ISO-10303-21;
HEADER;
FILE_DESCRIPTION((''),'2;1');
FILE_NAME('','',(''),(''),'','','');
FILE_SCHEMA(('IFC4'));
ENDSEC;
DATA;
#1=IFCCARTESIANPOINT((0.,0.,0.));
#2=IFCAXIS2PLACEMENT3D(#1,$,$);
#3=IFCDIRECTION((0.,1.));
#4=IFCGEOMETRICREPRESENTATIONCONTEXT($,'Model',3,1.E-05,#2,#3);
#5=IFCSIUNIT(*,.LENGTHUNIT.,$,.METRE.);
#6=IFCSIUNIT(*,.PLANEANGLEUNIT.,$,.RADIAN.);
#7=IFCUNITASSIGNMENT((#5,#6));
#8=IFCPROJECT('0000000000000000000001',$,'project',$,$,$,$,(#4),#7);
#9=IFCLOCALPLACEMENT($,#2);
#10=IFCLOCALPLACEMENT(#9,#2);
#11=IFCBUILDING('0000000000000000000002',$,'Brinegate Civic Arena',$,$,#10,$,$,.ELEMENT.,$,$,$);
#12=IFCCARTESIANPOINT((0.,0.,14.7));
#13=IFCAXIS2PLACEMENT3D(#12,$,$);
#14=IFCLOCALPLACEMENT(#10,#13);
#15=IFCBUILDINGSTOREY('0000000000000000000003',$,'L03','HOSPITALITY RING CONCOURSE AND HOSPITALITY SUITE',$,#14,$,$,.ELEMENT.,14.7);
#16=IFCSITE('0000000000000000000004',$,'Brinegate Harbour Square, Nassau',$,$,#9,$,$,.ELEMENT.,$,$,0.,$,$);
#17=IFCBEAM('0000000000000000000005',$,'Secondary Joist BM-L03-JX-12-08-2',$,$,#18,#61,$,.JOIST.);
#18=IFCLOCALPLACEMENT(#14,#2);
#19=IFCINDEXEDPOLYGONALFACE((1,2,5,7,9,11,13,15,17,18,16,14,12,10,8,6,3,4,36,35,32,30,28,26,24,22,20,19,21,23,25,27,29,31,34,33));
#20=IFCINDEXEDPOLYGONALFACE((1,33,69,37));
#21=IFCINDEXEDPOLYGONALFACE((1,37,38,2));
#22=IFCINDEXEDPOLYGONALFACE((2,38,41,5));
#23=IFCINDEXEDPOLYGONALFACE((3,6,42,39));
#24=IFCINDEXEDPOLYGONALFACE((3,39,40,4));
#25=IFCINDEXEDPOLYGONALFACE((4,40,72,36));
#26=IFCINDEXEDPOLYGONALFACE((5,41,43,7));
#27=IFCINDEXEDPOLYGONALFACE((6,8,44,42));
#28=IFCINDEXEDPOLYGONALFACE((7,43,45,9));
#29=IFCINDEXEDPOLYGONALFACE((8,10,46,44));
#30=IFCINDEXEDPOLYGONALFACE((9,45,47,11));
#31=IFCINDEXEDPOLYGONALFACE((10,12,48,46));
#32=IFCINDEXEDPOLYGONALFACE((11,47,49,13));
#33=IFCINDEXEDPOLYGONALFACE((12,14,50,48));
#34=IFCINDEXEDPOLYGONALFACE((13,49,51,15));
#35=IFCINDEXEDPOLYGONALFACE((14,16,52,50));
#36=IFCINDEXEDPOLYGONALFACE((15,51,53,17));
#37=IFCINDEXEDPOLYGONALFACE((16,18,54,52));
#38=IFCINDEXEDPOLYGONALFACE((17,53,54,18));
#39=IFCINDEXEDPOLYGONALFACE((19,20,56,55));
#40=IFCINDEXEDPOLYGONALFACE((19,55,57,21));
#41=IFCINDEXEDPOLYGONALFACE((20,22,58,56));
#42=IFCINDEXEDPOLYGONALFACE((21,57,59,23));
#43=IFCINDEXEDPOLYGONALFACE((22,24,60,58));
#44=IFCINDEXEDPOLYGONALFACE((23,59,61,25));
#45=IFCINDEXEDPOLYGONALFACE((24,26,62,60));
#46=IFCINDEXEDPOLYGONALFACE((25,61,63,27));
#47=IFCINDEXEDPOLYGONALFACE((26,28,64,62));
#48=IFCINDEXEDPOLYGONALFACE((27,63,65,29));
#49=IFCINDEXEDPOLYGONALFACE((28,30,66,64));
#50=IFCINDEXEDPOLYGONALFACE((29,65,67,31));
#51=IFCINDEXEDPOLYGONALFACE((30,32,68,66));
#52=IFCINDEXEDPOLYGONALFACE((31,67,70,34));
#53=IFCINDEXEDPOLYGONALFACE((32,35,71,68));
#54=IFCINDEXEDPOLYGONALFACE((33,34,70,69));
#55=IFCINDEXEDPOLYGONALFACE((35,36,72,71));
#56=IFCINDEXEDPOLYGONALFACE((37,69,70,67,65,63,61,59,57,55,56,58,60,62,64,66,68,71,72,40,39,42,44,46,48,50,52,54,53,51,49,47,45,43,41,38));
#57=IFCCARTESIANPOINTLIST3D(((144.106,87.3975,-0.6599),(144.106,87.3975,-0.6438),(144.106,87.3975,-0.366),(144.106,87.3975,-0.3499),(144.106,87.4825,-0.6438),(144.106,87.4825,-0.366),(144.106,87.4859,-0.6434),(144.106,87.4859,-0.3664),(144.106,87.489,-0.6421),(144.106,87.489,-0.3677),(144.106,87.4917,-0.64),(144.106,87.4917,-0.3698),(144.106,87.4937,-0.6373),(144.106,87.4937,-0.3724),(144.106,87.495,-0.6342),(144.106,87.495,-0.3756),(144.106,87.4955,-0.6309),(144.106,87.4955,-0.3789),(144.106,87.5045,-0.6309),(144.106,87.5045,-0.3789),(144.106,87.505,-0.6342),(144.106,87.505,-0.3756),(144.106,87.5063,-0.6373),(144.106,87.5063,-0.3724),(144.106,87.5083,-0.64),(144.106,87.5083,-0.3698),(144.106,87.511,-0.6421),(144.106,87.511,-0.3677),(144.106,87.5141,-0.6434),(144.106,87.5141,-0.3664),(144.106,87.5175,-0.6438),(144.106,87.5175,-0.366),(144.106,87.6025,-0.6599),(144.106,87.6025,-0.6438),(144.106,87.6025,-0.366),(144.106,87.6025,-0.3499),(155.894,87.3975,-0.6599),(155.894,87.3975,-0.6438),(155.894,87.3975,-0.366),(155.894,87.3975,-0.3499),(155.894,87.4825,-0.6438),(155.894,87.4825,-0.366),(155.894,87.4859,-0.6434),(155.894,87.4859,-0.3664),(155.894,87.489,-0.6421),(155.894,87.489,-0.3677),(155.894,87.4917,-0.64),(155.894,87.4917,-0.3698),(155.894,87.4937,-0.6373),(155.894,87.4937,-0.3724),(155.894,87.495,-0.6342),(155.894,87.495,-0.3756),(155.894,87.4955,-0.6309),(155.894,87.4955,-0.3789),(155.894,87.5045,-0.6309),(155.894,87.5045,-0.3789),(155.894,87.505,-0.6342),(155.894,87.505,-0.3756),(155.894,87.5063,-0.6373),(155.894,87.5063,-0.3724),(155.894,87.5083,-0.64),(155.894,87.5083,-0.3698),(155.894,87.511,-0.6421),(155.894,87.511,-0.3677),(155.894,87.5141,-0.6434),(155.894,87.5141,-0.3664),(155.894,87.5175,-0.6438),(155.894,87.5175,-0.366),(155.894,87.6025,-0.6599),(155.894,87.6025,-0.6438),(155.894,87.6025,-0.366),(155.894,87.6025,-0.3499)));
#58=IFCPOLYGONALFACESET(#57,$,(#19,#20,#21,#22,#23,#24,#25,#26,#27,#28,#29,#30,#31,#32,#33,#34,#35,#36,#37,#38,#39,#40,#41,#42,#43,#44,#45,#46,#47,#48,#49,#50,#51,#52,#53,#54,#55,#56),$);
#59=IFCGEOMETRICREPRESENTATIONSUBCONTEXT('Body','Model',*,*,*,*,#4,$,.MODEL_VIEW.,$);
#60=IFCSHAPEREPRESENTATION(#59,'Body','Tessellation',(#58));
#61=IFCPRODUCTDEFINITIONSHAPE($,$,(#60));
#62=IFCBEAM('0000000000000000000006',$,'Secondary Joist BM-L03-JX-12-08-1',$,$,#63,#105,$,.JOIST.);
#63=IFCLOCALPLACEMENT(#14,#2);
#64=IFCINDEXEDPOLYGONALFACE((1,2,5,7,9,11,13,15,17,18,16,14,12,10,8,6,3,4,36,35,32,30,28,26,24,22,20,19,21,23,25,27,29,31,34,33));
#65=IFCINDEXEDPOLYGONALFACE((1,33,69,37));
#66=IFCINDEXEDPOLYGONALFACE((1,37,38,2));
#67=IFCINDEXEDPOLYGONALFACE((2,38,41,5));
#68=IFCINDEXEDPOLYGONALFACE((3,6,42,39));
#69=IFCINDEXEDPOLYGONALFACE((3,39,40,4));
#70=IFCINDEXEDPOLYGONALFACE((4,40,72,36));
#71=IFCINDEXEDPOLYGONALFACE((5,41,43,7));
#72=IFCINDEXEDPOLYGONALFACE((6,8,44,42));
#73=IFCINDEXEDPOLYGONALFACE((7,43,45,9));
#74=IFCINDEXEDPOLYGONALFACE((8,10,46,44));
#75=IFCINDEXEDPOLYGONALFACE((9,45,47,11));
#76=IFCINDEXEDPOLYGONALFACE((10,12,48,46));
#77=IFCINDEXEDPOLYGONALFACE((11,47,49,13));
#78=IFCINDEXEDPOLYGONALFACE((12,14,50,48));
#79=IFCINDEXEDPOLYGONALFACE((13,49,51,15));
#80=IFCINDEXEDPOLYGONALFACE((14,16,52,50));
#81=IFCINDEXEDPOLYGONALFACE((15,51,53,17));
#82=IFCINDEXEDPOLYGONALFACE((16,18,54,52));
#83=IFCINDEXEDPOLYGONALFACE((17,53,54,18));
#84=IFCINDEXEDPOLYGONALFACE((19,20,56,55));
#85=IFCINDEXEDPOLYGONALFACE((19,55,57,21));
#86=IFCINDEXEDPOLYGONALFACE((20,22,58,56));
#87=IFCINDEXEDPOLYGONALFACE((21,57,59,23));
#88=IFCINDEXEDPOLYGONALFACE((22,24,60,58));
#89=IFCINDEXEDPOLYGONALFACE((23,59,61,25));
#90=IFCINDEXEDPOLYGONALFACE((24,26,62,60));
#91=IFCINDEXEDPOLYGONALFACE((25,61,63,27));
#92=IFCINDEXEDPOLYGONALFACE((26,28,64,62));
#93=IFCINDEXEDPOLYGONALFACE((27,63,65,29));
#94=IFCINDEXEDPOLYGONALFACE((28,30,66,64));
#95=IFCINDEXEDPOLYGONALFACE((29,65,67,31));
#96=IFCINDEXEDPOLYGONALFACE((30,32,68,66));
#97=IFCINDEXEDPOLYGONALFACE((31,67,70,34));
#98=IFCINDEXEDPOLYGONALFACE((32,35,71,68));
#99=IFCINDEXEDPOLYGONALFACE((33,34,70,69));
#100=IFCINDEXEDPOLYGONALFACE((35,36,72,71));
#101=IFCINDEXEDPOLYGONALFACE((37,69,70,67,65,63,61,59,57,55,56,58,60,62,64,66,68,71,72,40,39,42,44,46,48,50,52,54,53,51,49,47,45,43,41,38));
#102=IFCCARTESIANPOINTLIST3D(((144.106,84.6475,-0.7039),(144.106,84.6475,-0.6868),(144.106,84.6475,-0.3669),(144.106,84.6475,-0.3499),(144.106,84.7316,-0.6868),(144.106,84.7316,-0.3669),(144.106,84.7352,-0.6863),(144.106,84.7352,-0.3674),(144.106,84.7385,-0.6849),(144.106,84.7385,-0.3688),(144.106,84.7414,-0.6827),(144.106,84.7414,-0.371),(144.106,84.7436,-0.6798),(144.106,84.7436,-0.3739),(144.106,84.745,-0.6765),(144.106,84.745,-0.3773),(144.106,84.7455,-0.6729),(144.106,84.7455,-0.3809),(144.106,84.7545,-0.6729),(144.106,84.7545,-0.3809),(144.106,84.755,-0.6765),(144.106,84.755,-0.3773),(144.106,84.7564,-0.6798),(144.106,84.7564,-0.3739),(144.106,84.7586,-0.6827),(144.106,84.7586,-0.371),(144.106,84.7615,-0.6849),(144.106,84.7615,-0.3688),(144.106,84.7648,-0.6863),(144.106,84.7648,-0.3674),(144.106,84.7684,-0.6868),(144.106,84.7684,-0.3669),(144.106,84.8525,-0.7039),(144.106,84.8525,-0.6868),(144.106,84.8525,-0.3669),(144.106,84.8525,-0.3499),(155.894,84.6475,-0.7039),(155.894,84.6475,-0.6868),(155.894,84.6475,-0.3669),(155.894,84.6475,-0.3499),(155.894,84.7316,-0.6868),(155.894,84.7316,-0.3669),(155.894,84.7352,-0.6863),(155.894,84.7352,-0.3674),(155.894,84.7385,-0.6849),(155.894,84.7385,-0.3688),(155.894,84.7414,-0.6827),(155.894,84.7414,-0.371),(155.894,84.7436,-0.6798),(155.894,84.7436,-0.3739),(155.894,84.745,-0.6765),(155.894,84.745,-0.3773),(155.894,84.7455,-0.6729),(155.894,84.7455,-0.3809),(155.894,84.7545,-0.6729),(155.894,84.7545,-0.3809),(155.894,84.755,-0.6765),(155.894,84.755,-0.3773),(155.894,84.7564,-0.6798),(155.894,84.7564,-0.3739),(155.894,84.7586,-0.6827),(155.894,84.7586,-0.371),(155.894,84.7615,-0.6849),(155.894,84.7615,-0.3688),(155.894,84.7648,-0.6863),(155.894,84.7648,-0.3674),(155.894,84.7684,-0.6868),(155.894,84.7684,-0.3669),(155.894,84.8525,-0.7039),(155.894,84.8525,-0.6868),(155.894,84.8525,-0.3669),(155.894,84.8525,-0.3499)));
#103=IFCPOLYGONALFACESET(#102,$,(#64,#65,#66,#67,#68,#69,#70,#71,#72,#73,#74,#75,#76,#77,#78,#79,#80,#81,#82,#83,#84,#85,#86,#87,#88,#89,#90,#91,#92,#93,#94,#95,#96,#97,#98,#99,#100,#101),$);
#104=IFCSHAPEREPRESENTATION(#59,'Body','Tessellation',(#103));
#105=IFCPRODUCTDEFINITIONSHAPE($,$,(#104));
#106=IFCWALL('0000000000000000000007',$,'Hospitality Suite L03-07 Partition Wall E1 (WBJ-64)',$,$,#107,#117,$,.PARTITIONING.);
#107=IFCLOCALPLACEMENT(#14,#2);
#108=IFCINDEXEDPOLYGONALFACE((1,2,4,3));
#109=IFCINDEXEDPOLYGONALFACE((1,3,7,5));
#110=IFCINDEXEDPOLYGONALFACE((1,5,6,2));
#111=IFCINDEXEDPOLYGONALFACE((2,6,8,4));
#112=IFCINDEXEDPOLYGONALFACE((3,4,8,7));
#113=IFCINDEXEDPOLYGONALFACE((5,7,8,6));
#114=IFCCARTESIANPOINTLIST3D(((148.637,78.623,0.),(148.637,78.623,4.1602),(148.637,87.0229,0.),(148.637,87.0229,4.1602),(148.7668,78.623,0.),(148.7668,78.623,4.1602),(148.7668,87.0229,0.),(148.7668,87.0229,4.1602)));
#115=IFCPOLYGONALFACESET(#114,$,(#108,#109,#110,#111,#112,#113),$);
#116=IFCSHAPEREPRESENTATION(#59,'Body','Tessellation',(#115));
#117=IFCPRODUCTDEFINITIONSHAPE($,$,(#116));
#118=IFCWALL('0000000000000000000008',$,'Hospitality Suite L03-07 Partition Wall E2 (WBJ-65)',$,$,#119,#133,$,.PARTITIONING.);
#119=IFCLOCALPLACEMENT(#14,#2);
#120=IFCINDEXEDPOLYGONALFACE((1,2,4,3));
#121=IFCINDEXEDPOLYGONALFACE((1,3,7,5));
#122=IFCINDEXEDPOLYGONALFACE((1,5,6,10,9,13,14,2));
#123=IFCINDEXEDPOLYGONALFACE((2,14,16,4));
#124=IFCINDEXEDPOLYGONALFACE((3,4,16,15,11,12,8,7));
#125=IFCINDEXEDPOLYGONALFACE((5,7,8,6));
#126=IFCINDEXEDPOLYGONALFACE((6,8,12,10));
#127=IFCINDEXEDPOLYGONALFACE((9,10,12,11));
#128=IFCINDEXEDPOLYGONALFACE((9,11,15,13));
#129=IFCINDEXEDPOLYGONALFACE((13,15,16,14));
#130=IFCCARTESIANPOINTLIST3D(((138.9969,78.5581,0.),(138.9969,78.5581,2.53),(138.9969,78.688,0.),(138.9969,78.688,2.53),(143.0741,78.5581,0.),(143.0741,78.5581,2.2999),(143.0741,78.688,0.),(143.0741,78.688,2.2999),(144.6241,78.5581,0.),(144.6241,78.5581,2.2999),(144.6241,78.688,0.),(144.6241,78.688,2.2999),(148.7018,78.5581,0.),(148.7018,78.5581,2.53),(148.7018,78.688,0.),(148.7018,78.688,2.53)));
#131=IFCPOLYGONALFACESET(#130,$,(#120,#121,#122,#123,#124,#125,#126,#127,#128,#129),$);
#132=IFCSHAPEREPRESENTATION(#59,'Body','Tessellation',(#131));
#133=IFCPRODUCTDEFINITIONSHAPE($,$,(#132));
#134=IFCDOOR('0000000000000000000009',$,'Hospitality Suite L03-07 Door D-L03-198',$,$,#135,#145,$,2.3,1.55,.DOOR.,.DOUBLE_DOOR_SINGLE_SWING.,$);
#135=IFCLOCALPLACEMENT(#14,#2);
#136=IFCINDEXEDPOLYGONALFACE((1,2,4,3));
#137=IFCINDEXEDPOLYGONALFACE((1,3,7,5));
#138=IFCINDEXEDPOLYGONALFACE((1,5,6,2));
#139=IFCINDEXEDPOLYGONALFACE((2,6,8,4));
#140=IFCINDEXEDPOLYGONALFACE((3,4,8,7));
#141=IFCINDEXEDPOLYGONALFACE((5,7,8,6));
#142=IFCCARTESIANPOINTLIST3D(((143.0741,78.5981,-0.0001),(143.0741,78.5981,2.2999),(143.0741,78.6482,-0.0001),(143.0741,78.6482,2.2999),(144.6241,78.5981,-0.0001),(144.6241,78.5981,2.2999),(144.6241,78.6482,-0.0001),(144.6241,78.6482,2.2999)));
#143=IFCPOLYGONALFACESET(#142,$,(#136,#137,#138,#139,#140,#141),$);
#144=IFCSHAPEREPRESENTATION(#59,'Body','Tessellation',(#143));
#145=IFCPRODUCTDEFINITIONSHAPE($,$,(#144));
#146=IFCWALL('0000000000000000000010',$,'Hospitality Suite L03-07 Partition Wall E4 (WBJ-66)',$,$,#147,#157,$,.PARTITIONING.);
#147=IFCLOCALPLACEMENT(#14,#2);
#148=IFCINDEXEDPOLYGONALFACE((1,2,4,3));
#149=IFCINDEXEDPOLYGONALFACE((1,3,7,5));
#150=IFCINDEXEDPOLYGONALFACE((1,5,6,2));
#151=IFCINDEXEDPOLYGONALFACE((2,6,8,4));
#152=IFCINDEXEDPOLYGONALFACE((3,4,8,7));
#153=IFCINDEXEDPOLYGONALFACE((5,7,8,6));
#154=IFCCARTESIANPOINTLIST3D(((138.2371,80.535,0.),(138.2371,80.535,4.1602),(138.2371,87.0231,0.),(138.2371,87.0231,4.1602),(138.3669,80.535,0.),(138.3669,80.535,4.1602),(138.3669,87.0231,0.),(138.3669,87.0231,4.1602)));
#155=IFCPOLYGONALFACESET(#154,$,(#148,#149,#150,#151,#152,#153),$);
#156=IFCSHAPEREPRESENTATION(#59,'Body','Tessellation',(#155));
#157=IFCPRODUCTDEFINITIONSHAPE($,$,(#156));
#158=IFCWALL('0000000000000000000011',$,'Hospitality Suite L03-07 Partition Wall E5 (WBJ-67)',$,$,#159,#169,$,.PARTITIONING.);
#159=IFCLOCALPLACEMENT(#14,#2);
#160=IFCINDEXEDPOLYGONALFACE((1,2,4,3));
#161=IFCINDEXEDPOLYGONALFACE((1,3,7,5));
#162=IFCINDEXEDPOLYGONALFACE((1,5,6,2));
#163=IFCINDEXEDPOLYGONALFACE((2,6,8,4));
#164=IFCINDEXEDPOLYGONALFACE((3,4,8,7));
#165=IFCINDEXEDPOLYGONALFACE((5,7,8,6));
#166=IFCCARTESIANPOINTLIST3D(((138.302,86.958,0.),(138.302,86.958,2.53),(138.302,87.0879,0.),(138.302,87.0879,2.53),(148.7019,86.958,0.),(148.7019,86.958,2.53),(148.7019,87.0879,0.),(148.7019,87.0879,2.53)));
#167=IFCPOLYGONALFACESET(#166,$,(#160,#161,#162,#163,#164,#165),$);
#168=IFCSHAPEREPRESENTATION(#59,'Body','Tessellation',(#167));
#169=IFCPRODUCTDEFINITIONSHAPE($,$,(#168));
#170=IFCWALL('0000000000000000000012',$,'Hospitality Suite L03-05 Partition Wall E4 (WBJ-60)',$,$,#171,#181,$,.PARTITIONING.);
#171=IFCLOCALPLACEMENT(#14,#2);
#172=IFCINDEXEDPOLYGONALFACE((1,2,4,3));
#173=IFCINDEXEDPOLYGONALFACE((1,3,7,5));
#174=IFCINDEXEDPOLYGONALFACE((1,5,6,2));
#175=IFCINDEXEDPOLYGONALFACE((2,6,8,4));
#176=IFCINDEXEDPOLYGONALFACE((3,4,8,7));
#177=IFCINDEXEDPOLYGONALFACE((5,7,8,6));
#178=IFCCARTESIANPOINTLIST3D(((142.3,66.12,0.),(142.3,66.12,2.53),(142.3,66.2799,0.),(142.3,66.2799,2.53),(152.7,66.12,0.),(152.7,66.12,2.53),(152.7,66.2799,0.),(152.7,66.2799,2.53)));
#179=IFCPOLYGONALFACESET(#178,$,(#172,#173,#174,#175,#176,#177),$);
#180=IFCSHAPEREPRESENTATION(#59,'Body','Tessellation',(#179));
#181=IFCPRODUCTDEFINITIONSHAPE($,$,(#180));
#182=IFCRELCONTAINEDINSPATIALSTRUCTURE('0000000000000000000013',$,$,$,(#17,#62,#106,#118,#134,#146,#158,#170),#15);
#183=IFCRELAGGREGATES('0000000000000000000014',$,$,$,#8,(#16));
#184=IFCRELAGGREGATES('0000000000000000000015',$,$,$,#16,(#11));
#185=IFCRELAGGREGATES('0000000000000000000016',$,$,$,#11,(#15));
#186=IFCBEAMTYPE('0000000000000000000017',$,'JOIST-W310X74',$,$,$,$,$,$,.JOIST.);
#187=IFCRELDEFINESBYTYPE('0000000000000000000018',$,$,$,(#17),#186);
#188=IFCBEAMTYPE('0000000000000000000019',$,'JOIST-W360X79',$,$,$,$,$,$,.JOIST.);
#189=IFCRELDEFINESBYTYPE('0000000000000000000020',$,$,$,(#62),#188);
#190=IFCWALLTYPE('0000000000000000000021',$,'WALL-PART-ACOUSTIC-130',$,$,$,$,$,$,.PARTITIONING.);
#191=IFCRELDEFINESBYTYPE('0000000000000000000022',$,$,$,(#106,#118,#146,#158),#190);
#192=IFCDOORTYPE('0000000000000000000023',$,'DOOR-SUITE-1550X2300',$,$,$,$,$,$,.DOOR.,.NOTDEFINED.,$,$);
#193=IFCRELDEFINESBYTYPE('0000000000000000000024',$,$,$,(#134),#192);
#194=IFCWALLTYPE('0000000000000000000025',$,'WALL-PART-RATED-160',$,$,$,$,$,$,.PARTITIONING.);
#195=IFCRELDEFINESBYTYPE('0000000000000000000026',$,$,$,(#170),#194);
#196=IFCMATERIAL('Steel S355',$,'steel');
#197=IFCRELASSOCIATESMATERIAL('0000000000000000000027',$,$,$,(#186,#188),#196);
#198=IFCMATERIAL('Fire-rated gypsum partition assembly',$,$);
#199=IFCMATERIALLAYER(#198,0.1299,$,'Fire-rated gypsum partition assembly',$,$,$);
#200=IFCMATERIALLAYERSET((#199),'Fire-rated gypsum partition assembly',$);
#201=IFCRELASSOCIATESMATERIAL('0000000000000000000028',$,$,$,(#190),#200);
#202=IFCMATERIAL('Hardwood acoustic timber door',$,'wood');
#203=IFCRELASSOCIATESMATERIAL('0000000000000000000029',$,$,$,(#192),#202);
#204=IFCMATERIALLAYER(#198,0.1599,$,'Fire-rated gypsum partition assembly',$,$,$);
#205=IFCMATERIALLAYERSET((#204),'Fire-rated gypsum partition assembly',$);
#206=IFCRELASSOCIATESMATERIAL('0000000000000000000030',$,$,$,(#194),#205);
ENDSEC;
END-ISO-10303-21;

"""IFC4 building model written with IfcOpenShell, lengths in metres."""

from ifc_helpers import new_model, si_unit, direction, frame, frame_2d, origin, origin_2d, place, context, subcontext, project, spatial, rectangle, i_section, extrude, material, layer, layer_set, material_profile, profile_set, type_object, element, fill, save


model = new_model("IFC4")

# Units and contexts
model_context = context("Model", 3, precision=1e-05, world=origin(), true_north=direction((0.0, 1.0)))
body_context = subcontext(model_context, "Body", "Model", "MODEL_VIEW")
ifc_project = project(units=[si_unit("LENGTHUNIT", "METRE"), si_unit("PLANEANGLEUNIT", "RADIAN")], contexts=[model_context])

# Site, building, storey
site_placement = place(None, origin())
site = spatial("IfcSite", under=ifc_project, at=site_placement, Name="Brinegate Harbour Square, Nassau", CompositionType="ELEMENT", RefElevation=0.0)
building_placement = place(site_placement, origin())
building = spatial("IfcBuilding", under=site, at=building_placement, Name="Brinegate Civic Arena", CompositionType="ELEMENT")
storey_placement = place(building_placement, frame((0.0, 0.0, 14.7)))
storey = spatial("IfcBuildingStorey", under=building, at=storey_placement, Name="L03", Description="HOSPITALITY RING CONCOURSE AND HOSPITALITY SUITE", CompositionType="ELEMENT", Elevation=14.7)

# Beams
ifc_material_1 = material(Name="Steel S355", Category="steel")
ifc_material_profile_1 = material_profile(ifc_material_1, i_section(OverallWidth=0.2051, OverallDepth=0.3101, WebThickness=0.009, FlangeThickness=0.0161, FilletRadius=0.0129, at=origin_2d()), Name="W310X74")
ifc_profile_set_1 = profile_set([ifc_material_profile_1], Name="Steel S355")
beam_type_1 = type_object("IfcBeamType", Name="JOIST-W310X74", PredefinedType="JOIST", material=ifc_profile_set_1)
beam_1_placement = place(storey_placement, frame((144.106, 87.5, -0.5049), z_axis=(1.0, 0.0, 0.0), x_axis=(0.0, 1.0, 0.0)))
element("IfcBeam", 1, at=beam_1_placement, inside=storey, type_object=beam_type_1, Name="Secondary Joist BM-L03-JX-12-08-2", PredefinedType="JOIST", context=body_context, shape_type="SweptSolid", body=[
    extrude(i_section(OverallWidth=0.2051, OverallDepth=0.3101, WebThickness=0.009, FlangeThickness=0.0161, FilletRadius=0.0129, at=origin_2d()), origin(), (0.0, 0.0, 1.0), 11.7881),
])
ifc_material_profile_2 = material_profile(ifc_material_1, i_section(OverallWidth=0.2051, OverallDepth=0.354, WebThickness=0.009, FlangeThickness=0.0171, FilletRadius=0.0139, at=origin_2d()), Name="W360X79")
ifc_profile_set_2 = profile_set([ifc_material_profile_2], Name="Steel S355")
beam_type_2 = type_object("IfcBeamType", Name="JOIST-W360X79", PredefinedType="JOIST", material=ifc_profile_set_2)
beam_2_placement = place(storey_placement, frame((144.106, 84.75, -0.5269), z_axis=(1.0, 0.0, 0.0), x_axis=(0.0, 1.0, 0.0)))
element("IfcBeam", 2, at=beam_2_placement, inside=storey, type_object=beam_type_2, Name="Secondary Joist BM-L03-JX-12-08-1", PredefinedType="JOIST", context=body_context, shape_type="SweptSolid", body=[
    extrude(i_section(OverallWidth=0.2051, OverallDepth=0.354, WebThickness=0.009, FlangeThickness=0.0171, FilletRadius=0.0139, at=origin_2d()), origin(), (0.0, 0.0, 1.0), 11.7881),
])

# Wall
ifc_material_2 = material(Name="Fire-rated gypsum partition assembly")
ifc_layer_1 = layer(ifc_material_2, 0.1299, Name="Fire-rated gypsum partition assembly")
ifc_layer_set_1 = layer_set([ifc_layer_1], Name="Fire-rated gypsum partition assembly")
wall_type_1 = type_object("IfcWallType", Name="WALL-PART-ACOUSTIC-130", PredefinedType="PARTITIONING", material=ifc_layer_set_1)
wall_1_placement = place(storey_placement, frame((148.7019, 87.0229, 0.0), z_axis=(0.0, 0.0, 1.0), x_axis=(0.0, -1.0, 0.0)))
element("IfcWall", 3, at=wall_1_placement, inside=storey, type_object=wall_type_1, Name="Hospitality Suite L03-07 Partition Wall E1 (WBJ-64)", PredefinedType="PARTITIONING", context=body_context, shape_type="SweptSolid", body=[
    extrude(rectangle(XDim=8.3999, YDim=0.1299, at=frame_2d((4.2, 0.0))), origin(), (0.0, 0.0, 1.0), 4.1602),
])

# Wall, opening, door
wall_2_placement = place(storey_placement, frame((148.7019, 78.623, 0.0), z_axis=(0.0, 0.0, 1.0), x_axis=(-1.0, 0.0, 0.0)))
wall_2 = element("IfcWall", 4, at=wall_2_placement, inside=storey, type_object=wall_type_1, Name="Hospitality Suite L03-07 Partition Wall E2 (WBJ-65)", PredefinedType="PARTITIONING", context=body_context, shape_type="SweptSolid", body=[
    extrude(rectangle(XDim=9.7048, YDim=0.1299, at=frame_2d((4.8525, 0.0))), origin(), (0.0, 0.0, 1.0), 2.53),
])
opening_placement = place(wall_2_placement, frame((4.0779, 0.0, 0.0)))
opening = element("IfcOpeningElement", 5, at=opening_placement, cuts=wall_2, PredefinedType="OPENING", context=body_context, shape_type="SweptSolid", body=[
    extrude(rectangle(XDim=1.55, YDim=2.3, at=frame_2d((0.7749, 1.1499))), frame((0.0, 0.075, 0.0), z_axis=(0.0, -1.0, 0.0), x_axis=(1.0, 0.0, 0.0)), (0.0, 0.0, 1.0), 0.1499),
])
ifc_material_3 = material(Name="Hardwood acoustic timber door", Category="wood")
door_type = type_object("IfcDoorType", Name="DOOR-SUITE-1550X2300", OperationType="NOTDEFINED", PredefinedType="DOOR", material=ifc_material_3)
door_placement = place(opening_placement, origin())
door = element("IfcDoor", 6, at=door_placement, inside=storey, type_object=door_type, Name="Hospitality Suite L03-07 Door D-L03-198", OperationType="DOUBLE_DOOR_SINGLE_SWING", OverallHeight=2.3, OverallWidth=1.55, PredefinedType="DOOR", context=body_context, shape_type="SweptSolid", body=[
    extrude(rectangle(XDim=1.55, YDim=2.3, at=frame_2d((0.7749, 1.1499))), frame((0.0, 0.0249, 0.0), z_axis=(0.0, -1.0, 0.0), x_axis=(1.0, 0.0, 0.0)), (0.0, 0.0, 1.0), 0.05),
])
fill(opening, door)

# Walls
wall_3_placement = place(storey_placement, frame((138.302, 80.5349, 0.0), z_axis=(0.0, 0.0, 1.0), x_axis=(0.0, 1.0, 0.0)))
element("IfcWall", 7, at=wall_3_placement, inside=storey, type_object=wall_type_1, Name="Hospitality Suite L03-07 Partition Wall E4 (WBJ-66)", PredefinedType="PARTITIONING", context=body_context, shape_type="SweptSolid", body=[
    extrude(rectangle(XDim=6.488, YDim=0.1299, at=frame_2d((3.2441, 0.0))), origin(), (0.0, 0.0, 1.0), 4.1602),
])
wall_4_placement = place(storey_placement, frame((138.302, 87.0229, 0.0), z_axis=(0.0, 0.0, 1.0), x_axis=(1.0, 0.0, 0.0)))
element("IfcWall", 8, at=wall_4_placement, inside=storey, type_object=wall_type_1, Name="Hospitality Suite L03-07 Partition Wall E5 (WBJ-67)", PredefinedType="PARTITIONING", context=body_context, shape_type="SweptSolid", body=[
    extrude(rectangle(XDim=10.3999, YDim=0.1299, at=frame_2d((5.2, 0.0))), origin(), (0.0, 0.0, 1.0), 2.53),
])
ifc_layer_2 = layer(ifc_material_2, 0.1599, Name="Fire-rated gypsum partition assembly")
ifc_layer_set_2 = layer_set([ifc_layer_2], Name="Fire-rated gypsum partition assembly")
wall_type_2 = type_object("IfcWallType", Name="WALL-PART-RATED-160", PredefinedType="PARTITIONING", material=ifc_layer_set_2)
wall_5_placement = place(storey_placement, frame((142.3, 66.2, 0.0), z_axis=(0.0, 0.0, 1.0), x_axis=(1.0, 0.0, 0.0)))
element("IfcWall", 9, at=wall_5_placement, inside=storey, type_object=wall_type_2, Name="Hospitality Suite L03-05 Partition Wall E4 (WBJ-60)", PredefinedType="PARTITIONING", context=body_context, shape_type="SweptSolid", body=[
    extrude(rectangle(XDim=10.3999, YDim=0.1599, at=frame_2d((5.2, 0.0))), origin(), (0.0, 0.0, 1.0), 2.53),
])

save(model, "model.ifc")
